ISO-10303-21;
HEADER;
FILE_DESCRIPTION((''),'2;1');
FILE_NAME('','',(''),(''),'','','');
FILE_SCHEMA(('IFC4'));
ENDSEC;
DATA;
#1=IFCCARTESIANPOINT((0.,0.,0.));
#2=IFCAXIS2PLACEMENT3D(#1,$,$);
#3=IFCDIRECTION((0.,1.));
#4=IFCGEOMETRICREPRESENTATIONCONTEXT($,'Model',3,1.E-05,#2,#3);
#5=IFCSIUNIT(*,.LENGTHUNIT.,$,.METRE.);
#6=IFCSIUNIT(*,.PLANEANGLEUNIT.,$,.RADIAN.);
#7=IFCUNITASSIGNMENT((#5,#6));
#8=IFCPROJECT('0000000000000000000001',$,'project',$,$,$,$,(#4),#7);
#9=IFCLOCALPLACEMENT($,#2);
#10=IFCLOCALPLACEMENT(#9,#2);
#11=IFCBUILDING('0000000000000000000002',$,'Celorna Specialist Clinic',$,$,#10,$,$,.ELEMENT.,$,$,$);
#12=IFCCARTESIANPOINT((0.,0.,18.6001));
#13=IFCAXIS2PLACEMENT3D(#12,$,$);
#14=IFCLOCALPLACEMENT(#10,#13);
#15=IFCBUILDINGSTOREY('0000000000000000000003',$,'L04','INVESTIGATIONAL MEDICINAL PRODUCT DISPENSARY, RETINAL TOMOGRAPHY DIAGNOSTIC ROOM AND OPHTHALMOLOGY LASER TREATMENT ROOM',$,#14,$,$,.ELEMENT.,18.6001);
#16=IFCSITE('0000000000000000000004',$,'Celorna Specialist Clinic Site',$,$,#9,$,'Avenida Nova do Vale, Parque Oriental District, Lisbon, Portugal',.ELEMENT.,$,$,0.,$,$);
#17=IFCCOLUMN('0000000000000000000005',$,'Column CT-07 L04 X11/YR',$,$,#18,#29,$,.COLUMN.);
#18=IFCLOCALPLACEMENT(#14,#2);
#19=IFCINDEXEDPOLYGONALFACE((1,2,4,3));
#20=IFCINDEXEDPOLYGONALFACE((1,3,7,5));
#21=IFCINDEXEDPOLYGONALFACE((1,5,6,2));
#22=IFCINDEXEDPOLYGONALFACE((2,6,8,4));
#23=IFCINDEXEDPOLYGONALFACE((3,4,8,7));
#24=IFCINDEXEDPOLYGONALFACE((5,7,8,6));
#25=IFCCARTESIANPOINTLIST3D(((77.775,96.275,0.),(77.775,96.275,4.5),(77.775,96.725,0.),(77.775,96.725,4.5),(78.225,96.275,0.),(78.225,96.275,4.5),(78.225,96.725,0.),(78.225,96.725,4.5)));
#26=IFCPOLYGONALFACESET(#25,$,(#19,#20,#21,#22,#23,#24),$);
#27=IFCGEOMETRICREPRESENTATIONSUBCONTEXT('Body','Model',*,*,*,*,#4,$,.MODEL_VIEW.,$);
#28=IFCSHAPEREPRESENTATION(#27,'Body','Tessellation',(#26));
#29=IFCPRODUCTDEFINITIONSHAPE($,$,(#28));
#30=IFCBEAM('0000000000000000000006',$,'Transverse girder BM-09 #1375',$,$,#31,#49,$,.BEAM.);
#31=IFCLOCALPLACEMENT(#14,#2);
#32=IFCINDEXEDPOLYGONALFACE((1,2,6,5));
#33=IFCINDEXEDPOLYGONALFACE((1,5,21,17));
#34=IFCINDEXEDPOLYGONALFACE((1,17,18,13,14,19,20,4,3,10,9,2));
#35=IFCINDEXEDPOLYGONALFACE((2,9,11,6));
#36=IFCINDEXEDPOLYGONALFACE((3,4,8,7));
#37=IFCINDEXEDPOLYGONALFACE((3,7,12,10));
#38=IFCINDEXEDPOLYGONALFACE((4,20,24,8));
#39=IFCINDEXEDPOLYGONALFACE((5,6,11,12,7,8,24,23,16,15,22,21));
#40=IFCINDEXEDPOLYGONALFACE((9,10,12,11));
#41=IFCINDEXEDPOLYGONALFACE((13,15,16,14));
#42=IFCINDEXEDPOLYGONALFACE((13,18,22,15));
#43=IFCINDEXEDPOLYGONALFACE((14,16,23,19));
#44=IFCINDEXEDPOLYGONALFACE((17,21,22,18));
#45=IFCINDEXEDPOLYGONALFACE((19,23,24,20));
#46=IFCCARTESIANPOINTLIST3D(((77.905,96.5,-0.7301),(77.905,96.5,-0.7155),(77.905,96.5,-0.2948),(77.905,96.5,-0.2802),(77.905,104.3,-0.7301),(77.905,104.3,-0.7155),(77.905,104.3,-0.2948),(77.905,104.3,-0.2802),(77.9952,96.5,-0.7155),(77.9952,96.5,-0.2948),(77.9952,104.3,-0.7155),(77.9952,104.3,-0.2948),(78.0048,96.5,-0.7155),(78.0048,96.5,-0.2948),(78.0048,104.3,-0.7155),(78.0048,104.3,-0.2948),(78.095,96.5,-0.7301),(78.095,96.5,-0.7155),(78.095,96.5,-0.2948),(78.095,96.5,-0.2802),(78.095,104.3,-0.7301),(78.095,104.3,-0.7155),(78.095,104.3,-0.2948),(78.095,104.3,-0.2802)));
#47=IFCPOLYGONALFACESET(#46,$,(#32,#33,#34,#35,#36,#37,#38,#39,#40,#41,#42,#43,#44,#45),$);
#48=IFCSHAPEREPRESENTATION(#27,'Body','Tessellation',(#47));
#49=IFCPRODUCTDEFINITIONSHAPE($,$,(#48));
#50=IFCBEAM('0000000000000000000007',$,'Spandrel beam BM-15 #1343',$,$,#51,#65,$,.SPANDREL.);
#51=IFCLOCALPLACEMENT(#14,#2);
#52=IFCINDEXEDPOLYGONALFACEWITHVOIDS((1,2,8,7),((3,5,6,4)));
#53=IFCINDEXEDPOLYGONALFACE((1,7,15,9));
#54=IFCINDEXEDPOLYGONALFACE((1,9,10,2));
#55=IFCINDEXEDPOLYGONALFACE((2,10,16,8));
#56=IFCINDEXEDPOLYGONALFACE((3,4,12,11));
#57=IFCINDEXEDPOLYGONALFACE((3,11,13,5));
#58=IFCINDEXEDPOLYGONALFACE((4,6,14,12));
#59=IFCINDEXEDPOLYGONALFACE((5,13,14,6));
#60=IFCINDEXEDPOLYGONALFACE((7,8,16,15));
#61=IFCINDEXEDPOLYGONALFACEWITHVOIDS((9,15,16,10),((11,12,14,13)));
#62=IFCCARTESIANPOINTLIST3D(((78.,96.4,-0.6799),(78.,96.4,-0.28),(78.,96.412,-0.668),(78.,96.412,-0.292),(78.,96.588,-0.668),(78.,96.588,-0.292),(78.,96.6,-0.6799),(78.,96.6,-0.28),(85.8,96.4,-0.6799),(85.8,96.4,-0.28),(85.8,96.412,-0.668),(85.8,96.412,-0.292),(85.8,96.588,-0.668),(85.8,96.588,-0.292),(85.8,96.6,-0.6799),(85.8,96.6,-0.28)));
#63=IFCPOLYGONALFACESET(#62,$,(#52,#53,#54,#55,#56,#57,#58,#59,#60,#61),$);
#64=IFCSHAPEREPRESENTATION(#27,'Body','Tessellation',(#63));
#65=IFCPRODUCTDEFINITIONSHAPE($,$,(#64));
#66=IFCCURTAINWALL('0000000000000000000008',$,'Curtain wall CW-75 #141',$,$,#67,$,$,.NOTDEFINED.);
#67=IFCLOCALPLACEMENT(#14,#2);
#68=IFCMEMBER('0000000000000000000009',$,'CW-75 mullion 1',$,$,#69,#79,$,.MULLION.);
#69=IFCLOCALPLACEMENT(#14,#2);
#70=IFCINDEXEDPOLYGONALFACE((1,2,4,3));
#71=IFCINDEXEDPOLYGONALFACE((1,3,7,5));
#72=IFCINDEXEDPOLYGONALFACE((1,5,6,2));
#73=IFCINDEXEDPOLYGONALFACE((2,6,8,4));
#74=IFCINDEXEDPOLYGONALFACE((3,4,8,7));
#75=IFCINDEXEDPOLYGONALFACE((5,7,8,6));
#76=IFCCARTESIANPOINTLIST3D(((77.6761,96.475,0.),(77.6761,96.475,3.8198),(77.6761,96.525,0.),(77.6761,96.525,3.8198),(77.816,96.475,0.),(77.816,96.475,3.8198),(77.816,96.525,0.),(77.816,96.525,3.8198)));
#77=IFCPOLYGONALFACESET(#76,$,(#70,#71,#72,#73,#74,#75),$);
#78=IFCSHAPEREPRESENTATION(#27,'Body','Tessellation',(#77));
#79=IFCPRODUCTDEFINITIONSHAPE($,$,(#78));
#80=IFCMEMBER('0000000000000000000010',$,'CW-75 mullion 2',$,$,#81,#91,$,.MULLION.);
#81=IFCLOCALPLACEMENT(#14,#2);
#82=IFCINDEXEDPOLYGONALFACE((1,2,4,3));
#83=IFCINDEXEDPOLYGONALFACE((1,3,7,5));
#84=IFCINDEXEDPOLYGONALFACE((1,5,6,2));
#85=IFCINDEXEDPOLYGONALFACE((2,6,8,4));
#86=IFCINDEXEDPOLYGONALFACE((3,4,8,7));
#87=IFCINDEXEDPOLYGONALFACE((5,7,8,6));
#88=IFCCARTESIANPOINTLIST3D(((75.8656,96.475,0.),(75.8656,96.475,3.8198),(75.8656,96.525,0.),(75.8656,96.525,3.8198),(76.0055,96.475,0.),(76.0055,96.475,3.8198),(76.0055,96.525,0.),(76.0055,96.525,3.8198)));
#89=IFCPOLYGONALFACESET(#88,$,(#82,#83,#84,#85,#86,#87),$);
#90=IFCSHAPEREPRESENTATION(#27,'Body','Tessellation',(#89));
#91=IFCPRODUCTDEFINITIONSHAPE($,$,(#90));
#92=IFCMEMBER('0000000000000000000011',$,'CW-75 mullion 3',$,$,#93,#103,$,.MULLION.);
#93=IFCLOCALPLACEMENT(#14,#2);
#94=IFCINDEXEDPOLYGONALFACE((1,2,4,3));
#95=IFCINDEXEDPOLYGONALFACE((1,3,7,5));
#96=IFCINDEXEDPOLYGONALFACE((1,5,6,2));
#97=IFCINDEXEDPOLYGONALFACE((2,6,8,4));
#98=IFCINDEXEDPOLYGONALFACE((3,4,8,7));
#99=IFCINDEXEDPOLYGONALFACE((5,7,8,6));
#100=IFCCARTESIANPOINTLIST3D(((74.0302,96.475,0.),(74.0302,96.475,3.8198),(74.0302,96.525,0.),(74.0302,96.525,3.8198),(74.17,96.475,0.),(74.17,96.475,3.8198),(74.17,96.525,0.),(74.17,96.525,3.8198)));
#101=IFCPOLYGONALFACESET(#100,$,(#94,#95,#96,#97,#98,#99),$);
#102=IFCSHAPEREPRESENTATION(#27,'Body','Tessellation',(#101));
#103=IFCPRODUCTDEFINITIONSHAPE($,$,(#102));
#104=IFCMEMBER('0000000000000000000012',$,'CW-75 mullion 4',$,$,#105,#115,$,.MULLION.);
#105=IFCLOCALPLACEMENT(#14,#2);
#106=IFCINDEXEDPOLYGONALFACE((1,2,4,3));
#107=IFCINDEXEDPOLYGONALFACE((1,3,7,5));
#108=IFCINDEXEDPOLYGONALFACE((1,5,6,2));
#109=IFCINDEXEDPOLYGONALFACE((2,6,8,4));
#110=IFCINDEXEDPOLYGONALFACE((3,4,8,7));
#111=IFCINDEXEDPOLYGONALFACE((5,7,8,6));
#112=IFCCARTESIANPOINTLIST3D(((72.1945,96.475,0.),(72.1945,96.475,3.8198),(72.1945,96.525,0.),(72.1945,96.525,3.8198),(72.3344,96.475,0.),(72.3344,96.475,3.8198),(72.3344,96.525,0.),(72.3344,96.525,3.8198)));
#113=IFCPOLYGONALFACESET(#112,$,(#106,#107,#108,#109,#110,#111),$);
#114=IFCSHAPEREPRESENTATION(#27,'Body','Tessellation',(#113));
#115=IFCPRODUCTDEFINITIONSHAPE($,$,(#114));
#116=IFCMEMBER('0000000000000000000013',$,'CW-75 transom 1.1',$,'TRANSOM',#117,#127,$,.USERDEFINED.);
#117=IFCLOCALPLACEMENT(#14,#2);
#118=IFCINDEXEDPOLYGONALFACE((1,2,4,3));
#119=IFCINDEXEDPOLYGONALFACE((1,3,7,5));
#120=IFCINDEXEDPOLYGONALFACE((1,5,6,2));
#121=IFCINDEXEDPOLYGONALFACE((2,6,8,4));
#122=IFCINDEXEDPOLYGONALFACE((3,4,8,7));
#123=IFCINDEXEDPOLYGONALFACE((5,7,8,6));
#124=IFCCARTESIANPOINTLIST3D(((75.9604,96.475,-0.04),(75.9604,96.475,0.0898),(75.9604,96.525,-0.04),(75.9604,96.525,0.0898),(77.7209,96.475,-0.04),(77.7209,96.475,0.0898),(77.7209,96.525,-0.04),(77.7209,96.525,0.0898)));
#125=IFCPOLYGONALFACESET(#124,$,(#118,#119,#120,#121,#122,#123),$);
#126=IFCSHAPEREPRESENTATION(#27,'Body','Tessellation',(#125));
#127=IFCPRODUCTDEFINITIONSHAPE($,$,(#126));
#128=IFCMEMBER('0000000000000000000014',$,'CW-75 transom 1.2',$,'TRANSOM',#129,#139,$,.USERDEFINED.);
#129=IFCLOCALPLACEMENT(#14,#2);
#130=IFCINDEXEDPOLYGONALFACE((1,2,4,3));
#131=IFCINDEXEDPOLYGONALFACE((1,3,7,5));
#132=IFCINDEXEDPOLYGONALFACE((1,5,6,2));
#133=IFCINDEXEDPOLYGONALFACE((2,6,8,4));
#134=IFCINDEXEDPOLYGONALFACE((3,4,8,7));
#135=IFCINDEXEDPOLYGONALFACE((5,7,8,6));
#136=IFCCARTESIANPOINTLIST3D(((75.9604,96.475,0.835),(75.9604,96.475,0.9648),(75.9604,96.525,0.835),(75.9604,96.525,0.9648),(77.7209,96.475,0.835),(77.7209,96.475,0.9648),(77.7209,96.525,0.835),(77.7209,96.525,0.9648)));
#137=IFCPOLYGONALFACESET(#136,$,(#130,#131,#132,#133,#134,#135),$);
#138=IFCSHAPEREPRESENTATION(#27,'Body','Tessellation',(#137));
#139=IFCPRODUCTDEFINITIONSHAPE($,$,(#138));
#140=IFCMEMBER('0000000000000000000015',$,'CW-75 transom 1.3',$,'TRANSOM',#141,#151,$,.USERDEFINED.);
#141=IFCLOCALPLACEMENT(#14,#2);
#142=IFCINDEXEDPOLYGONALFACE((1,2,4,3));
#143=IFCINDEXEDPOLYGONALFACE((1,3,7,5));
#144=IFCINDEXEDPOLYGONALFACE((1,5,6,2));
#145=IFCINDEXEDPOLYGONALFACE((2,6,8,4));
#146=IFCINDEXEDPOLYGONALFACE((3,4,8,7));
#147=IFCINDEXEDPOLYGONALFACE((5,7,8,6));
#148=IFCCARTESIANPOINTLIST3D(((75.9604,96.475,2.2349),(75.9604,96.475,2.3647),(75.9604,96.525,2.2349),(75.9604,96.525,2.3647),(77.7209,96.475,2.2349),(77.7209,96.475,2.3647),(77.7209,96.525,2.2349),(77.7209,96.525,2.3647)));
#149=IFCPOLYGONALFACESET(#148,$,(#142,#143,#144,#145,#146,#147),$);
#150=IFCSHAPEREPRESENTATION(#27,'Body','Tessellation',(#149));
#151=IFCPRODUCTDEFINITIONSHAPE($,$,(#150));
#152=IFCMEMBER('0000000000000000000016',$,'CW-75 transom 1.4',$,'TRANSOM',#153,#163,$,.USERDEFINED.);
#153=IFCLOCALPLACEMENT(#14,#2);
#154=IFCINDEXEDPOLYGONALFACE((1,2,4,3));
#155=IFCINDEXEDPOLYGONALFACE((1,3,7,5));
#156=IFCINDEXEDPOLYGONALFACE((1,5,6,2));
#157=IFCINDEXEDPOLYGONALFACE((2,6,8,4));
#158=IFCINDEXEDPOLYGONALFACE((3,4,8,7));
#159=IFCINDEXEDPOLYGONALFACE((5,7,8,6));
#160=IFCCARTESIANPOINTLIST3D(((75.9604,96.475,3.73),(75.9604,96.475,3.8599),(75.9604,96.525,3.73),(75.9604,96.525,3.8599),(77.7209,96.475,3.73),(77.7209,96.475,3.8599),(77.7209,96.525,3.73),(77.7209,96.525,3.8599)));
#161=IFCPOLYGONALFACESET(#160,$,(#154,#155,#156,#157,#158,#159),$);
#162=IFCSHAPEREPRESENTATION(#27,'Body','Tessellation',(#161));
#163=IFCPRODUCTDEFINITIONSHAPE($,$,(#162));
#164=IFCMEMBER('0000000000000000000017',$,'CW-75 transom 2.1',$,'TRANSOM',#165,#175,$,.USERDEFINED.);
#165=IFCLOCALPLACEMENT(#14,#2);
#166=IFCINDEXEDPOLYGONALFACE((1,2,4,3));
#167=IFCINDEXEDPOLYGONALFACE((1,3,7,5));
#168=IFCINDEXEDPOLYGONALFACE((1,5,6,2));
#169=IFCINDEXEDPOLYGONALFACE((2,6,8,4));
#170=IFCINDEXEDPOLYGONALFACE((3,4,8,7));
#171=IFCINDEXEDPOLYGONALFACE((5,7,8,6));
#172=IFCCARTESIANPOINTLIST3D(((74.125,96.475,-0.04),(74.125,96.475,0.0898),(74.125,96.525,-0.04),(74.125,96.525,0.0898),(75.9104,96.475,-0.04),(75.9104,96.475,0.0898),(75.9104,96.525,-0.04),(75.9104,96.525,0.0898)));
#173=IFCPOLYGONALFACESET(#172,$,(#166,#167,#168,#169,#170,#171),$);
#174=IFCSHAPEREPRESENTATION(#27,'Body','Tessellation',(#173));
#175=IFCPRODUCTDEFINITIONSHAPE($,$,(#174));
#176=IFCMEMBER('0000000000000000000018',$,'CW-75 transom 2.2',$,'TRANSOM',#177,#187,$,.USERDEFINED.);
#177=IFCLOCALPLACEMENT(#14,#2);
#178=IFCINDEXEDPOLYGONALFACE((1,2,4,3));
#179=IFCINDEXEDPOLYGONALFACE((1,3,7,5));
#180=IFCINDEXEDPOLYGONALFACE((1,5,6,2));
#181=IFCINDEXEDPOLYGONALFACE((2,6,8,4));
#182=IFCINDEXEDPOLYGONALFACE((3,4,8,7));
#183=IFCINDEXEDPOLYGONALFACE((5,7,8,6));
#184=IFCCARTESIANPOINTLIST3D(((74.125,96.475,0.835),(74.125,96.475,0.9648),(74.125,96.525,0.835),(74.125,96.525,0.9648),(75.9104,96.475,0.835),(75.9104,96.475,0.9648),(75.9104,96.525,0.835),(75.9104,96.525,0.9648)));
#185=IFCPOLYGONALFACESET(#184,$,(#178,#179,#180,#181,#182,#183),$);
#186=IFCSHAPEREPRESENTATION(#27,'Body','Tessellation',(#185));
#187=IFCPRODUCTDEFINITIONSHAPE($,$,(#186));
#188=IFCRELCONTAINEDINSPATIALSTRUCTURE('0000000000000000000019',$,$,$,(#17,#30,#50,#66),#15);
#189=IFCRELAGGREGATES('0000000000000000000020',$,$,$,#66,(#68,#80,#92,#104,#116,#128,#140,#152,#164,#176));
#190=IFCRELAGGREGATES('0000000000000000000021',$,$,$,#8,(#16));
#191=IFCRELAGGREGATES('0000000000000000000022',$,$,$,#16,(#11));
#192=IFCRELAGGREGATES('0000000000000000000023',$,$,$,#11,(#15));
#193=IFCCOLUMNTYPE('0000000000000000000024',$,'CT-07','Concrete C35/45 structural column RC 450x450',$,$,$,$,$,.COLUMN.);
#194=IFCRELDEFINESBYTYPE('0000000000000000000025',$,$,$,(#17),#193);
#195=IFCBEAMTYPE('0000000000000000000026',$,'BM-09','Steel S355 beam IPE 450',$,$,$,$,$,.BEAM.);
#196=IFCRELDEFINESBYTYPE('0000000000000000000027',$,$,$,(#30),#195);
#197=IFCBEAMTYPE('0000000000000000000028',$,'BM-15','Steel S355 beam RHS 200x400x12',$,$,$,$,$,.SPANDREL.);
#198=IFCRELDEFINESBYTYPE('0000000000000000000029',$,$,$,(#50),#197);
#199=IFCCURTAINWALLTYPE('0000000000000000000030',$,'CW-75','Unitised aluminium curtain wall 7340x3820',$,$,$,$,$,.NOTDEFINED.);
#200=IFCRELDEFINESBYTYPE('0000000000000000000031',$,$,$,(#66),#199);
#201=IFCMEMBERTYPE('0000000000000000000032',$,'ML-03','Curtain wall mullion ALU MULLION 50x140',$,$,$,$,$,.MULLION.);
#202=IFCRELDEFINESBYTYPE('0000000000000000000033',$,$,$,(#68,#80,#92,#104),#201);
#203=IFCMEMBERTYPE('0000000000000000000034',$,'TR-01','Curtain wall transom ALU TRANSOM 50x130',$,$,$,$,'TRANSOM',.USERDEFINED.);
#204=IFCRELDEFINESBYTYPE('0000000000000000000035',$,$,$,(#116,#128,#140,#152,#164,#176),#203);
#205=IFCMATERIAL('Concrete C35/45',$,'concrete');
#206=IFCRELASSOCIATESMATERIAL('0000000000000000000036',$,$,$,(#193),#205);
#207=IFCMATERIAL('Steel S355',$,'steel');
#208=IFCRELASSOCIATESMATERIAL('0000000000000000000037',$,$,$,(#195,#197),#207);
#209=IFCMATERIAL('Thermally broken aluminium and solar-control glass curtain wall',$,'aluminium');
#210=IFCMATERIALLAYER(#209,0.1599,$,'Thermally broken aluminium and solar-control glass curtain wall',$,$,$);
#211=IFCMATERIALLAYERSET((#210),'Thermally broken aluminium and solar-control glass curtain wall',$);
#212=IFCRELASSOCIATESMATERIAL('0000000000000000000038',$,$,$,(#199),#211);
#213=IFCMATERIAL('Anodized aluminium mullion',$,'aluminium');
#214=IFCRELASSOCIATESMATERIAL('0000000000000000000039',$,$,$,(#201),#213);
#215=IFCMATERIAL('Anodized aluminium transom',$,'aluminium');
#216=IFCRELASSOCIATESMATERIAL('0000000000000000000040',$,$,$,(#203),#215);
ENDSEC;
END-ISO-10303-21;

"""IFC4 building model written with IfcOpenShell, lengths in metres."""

from ifc_helpers import new_model, si_unit, direction, frame, origin, origin_2d, place, context, subcontext, project, spatial, rectangle, hollow_rectangle, i_section, extrude, material, layer, layer_set, material_profile, profile_set, type_object, element, aggregate, save


model = new_model("IFC4")

# Units and contexts
model_context = context("Model", 3, precision=1e-05, world=origin(), true_north=direction((0.0, 1.0)))
body_context = subcontext(model_context, "Body", "Model", "MODEL_VIEW")
ifc_project = project(units=[si_unit("LENGTHUNIT", "METRE"), si_unit("PLANEANGLEUNIT", "RADIAN")], contexts=[model_context])

# Site, building, storey
site_placement = place(None, origin())
site = spatial("IfcSite", under=ifc_project, at=site_placement, Name="Celorna Specialist Clinic Site", LongName="Avenida Nova do Vale, Parque Oriental District, Lisbon, Portugal", CompositionType="ELEMENT", RefElevation=0.0)
building_placement = place(site_placement, origin())
building = spatial("IfcBuilding", under=site, at=building_placement, Name="Celorna Specialist Clinic", CompositionType="ELEMENT")
storey_placement = place(building_placement, frame((0.0, 0.0, 18.6001)))
storey = spatial("IfcBuildingStorey", under=building, at=storey_placement, Name="L04", Description="INVESTIGATIONAL MEDICINAL PRODUCT DISPENSARY, RETINAL TOMOGRAPHY DIAGNOSTIC ROOM AND OPHTHALMOLOGY LASER TREATMENT ROOM", CompositionType="ELEMENT", Elevation=18.6001)

# Column
ifc_material_1 = material(Name="Concrete C35/45", Category="concrete")
ifc_material_profile_1 = material_profile(ifc_material_1, rectangle(XDim=0.45, YDim=0.45, at=origin_2d()), Name="RC 450x450")
ifc_profile_set_1 = profile_set([ifc_material_profile_1], Name="Concrete C35/45")
column_type = type_object("IfcColumnType", Name="CT-07", Description="Concrete C35/45 structural column RC 450x450", PredefinedType="COLUMN", material=ifc_profile_set_1)
column_placement = place(storey_placement, frame((78.0, 96.5, 0.0), z_axis=(0.0, 0.0, 1.0), x_axis=(1.0, 0.0, 0.0)))
element("IfcColumn", 1, at=column_placement, inside=storey, type_object=column_type, Name="Column CT-07 L04 X11/YR", PredefinedType="COLUMN", context=body_context, shape_type="SweptSolid", body=[
    extrude(rectangle(XDim=0.45, YDim=0.45, at=origin_2d()), origin(), (0.0, 0.0, 1.0), 4.5),
])

# Beams
ifc_material_2 = material(Name="Steel S355", Category="steel")
ifc_material_profile_2 = material_profile(ifc_material_2, i_section(OverallWidth=0.1899, OverallDepth=0.45, WebThickness=0.0095, FlangeThickness=0.0146, at=origin_2d()), Name="IPE 450")
ifc_profile_set_2 = profile_set([ifc_material_profile_2], Name="Steel S355")
beam_type_1 = type_object("IfcBeamType", Name="BM-09", Description="Steel S355 beam IPE 450", PredefinedType="BEAM", material=ifc_profile_set_2)
beam_1_placement = place(storey_placement, frame((78.0, 96.5, -0.5051), z_axis=(0.0, 1.0, 0.0), x_axis=(-1.0, 0.0, 0.0)))
element("IfcBeam", 2, at=beam_1_placement, inside=storey, type_object=beam_type_1, Name="Transverse girder BM-09 #1375", PredefinedType="BEAM", context=body_context, shape_type="SweptSolid", body=[
    extrude(i_section(OverallWidth=0.1899, OverallDepth=0.45, WebThickness=0.0095, FlangeThickness=0.0146, at=origin_2d()), origin(), (0.0, 0.0, 1.0), 7.8),
])
ifc_material_profile_3 = material_profile(ifc_material_2, hollow_rectangle(XDim=0.2, YDim=0.3999, WallThickness=0.012, at=origin_2d()), Name="RHS 200x400x12")
ifc_profile_set_3 = profile_set([ifc_material_profile_3], Name="Steel S355")
beam_type_2 = type_object("IfcBeamType", Name="BM-15", Description="Steel S355 beam RHS 200x400x12", PredefinedType="SPANDREL", material=ifc_profile_set_3)
beam_2_placement = place(storey_placement, frame((78.0, 96.5, -0.48), z_axis=(1.0, 0.0, 0.0), x_axis=(0.0, 1.0, 0.0)))
element("IfcBeam", 3, at=beam_2_placement, inside=storey, type_object=beam_type_2, Name="Spandrel beam BM-15 #1343", PredefinedType="SPANDREL", context=body_context, shape_type="SweptSolid", body=[
    extrude(hollow_rectangle(XDim=0.2, YDim=0.3999, WallThickness=0.012, at=origin_2d()), origin(), (0.0, 0.0, 1.0), 7.8),
])

# Curtain wall, members
ifc_material_3 = material(Name="Thermally broken aluminium and solar-control glass curtain wall", Category="aluminium")
ifc_layer_1 = layer(ifc_material_3, 0.1599, Name="Thermally broken aluminium and solar-control glass curtain wall")
ifc_layer_set_1 = layer_set([ifc_layer_1], Name="Thermally broken aluminium and solar-control glass curtain wall")
curtain_wall_type = type_object("IfcCurtainWallType", Name="CW-75", Description="Unitised aluminium curtain wall 7340x3820", PredefinedType="NOTDEFINED", material=ifc_layer_set_1)
curtain_wall_placement = place(storey_placement, origin())
curtain_wall = element("IfcCurtainWall", 4, at=curtain_wall_placement, inside=storey, type_object=curtain_wall_type, Name="Curtain wall CW-75 #141", PredefinedType="NOTDEFINED")
ifc_material_4 = material(Name="Anodized aluminium mullion", Category="aluminium")
ifc_material_profile_4 = material_profile(ifc_material_4, rectangle(XDim=0.05, YDim=0.1399, at=origin_2d()), Name="ALU MULLION 50x140")
ifc_profile_set_4 = profile_set([ifc_material_profile_4], Name="Anodized aluminium mullion")
member_type_1 = type_object("IfcMemberType", Name="ML-03", Description="Curtain wall mullion ALU MULLION 50x140", PredefinedType="MULLION", material=ifc_profile_set_4)
member_1_placement = place(storey_placement, frame((77.7461, 96.5, 0.0), z_axis=(0.0, 0.0, 1.0), x_axis=(0.0, -1.0, 0.0)))
member_1 = element("IfcMember", 5, at=member_1_placement, type_object=member_type_1, Name="CW-75 mullion 1", PredefinedType="MULLION", context=body_context, shape_type="SweptSolid", body=[
    extrude(rectangle(XDim=0.05, YDim=0.1399, at=origin_2d()), origin(), (0.0, 0.0, 1.0), 3.8198),
])
member_2_placement = place(storey_placement, frame((75.9355, 96.5, 0.0), z_axis=(0.0, 0.0, 1.0), x_axis=(0.0, -1.0, 0.0)))
member_2 = element("IfcMember", 6, at=member_2_placement, type_object=member_type_1, Name="CW-75 mullion 2", PredefinedType="MULLION", context=body_context, shape_type="SweptSolid", body=[
    extrude(rectangle(XDim=0.05, YDim=0.1399, at=origin_2d()), origin(), (0.0, 0.0, 1.0), 3.8198),
])
member_3_placement = place(storey_placement, frame((74.1001, 96.5, 0.0), z_axis=(0.0, 0.0, 1.0), x_axis=(0.0, -1.0, 0.0)))
member_3 = element("IfcMember", 7, at=member_3_placement, type_object=member_type_1, Name="CW-75 mullion 3", PredefinedType="MULLION", context=body_context, shape_type="SweptSolid", body=[
    extrude(rectangle(XDim=0.05, YDim=0.1399, at=origin_2d()), origin(), (0.0, 0.0, 1.0), 3.8198),
])
member_4_placement = place(storey_placement, frame((72.2644, 96.5, 0.0), z_axis=(0.0, 0.0, 1.0), x_axis=(0.0, -1.0, 0.0)))
member_4 = element("IfcMember", 8, at=member_4_placement, type_object=member_type_1, Name="CW-75 mullion 4", PredefinedType="MULLION", context=body_context, shape_type="SweptSolid", body=[
    extrude(rectangle(XDim=0.05, YDim=0.1399, at=origin_2d()), origin(), (0.0, 0.0, 1.0), 3.8198),
])
ifc_material_5 = material(Name="Anodized aluminium transom", Category="aluminium")
ifc_material_profile_5 = material_profile(ifc_material_5, rectangle(XDim=0.05, YDim=0.1299, at=origin_2d()), Name="ALU TRANSOM 50x130")
ifc_profile_set_5 = profile_set([ifc_material_profile_5], Name="Anodized aluminium transom")
member_type_2 = type_object("IfcMemberType", Name="TR-01", Description="Curtain wall transom ALU TRANSOM 50x130", ElementType="TRANSOM", PredefinedType="USERDEFINED", material=ifc_profile_set_5)
member_5_placement = place(storey_placement, frame((77.7209, 96.5, 0.0249), z_axis=(-1.0, 0.0, 0.0), x_axis=(0.0, -1.0, 0.0)))
member_5 = element("IfcMember", 9, at=member_5_placement, type_object=member_type_2, Name="CW-75 transom 1.1", ObjectType="TRANSOM", PredefinedType="USERDEFINED", context=body_context, shape_type="SweptSolid", body=[
    extrude(rectangle(XDim=0.05, YDim=0.1299, at=origin_2d()), origin(), (0.0, 0.0, 1.0), 1.7605),
])
member_6_placement = place(storey_placement, frame((77.7209, 96.5, 0.8999), z_axis=(-1.0, 0.0, 0.0), x_axis=(0.0, -1.0, 0.0)))
member_6 = element("IfcMember", 10, at=member_6_placement, type_object=member_type_2, Name="CW-75 transom 1.2", ObjectType="TRANSOM", PredefinedType="USERDEFINED", context=body_context, shape_type="SweptSolid", body=[
    extrude(rectangle(XDim=0.05, YDim=0.1299, at=origin_2d()), origin(), (0.0, 0.0, 1.0), 1.7605),
])
member_7_placement = place(storey_placement, frame((77.7209, 96.5, 2.2998), z_axis=(-1.0, 0.0, 0.0), x_axis=(0.0, -1.0, 0.0)))
member_7 = element("IfcMember", 11, at=member_7_placement, type_object=member_type_2, Name="CW-75 transom 1.3", ObjectType="TRANSOM", PredefinedType="USERDEFINED", context=body_context, shape_type="SweptSolid", body=[
    extrude(rectangle(XDim=0.05, YDim=0.1299, at=origin_2d()), origin(), (0.0, 0.0, 1.0), 1.7605),
])
member_8_placement = place(storey_placement, frame((77.7209, 96.5, 3.7949), z_axis=(-1.0, 0.0, 0.0), x_axis=(0.0, -1.0, 0.0)))
member_8 = element("IfcMember", 12, at=member_8_placement, type_object=member_type_2, Name="CW-75 transom 1.4", ObjectType="TRANSOM", PredefinedType="USERDEFINED", context=body_context, shape_type="SweptSolid", body=[
    extrude(rectangle(XDim=0.05, YDim=0.1299, at=origin_2d()), origin(), (0.0, 0.0, 1.0), 1.7605),
])
member_9_placement = place(storey_placement, frame((75.9104, 96.5, 0.0249), z_axis=(-1.0, 0.0, 0.0), x_axis=(0.0, -1.0, 0.0)))
member_9 = element("IfcMember", 13, at=member_9_placement, type_object=member_type_2, Name="CW-75 transom 2.1", ObjectType="TRANSOM", PredefinedType="USERDEFINED", context=body_context, shape_type="SweptSolid", body=[
    extrude(rectangle(XDim=0.05, YDim=0.1299, at=origin_2d()), origin(), (0.0, 0.0, 1.0), 1.7854),
])
member_10_placement = place(storey_placement, frame((75.9104, 96.5, 0.8999), z_axis=(-1.0, 0.0, 0.0), x_axis=(0.0, -1.0, 0.0)))
member_10 = element("IfcMember", 14, at=member_10_placement, type_object=member_type_2, Name="CW-75 transom 2.2", ObjectType="TRANSOM", PredefinedType="USERDEFINED", context=body_context, shape_type="SweptSolid", body=[
    extrude(rectangle(XDim=0.05, YDim=0.1299, at=origin_2d()), origin(), (0.0, 0.0, 1.0), 1.7854),
])
aggregate(curtain_wall, [member_1, member_2, member_3, member_4, member_5, member_6, member_7, member_8, member_9, member_10])

save(model, "model.ifc")
